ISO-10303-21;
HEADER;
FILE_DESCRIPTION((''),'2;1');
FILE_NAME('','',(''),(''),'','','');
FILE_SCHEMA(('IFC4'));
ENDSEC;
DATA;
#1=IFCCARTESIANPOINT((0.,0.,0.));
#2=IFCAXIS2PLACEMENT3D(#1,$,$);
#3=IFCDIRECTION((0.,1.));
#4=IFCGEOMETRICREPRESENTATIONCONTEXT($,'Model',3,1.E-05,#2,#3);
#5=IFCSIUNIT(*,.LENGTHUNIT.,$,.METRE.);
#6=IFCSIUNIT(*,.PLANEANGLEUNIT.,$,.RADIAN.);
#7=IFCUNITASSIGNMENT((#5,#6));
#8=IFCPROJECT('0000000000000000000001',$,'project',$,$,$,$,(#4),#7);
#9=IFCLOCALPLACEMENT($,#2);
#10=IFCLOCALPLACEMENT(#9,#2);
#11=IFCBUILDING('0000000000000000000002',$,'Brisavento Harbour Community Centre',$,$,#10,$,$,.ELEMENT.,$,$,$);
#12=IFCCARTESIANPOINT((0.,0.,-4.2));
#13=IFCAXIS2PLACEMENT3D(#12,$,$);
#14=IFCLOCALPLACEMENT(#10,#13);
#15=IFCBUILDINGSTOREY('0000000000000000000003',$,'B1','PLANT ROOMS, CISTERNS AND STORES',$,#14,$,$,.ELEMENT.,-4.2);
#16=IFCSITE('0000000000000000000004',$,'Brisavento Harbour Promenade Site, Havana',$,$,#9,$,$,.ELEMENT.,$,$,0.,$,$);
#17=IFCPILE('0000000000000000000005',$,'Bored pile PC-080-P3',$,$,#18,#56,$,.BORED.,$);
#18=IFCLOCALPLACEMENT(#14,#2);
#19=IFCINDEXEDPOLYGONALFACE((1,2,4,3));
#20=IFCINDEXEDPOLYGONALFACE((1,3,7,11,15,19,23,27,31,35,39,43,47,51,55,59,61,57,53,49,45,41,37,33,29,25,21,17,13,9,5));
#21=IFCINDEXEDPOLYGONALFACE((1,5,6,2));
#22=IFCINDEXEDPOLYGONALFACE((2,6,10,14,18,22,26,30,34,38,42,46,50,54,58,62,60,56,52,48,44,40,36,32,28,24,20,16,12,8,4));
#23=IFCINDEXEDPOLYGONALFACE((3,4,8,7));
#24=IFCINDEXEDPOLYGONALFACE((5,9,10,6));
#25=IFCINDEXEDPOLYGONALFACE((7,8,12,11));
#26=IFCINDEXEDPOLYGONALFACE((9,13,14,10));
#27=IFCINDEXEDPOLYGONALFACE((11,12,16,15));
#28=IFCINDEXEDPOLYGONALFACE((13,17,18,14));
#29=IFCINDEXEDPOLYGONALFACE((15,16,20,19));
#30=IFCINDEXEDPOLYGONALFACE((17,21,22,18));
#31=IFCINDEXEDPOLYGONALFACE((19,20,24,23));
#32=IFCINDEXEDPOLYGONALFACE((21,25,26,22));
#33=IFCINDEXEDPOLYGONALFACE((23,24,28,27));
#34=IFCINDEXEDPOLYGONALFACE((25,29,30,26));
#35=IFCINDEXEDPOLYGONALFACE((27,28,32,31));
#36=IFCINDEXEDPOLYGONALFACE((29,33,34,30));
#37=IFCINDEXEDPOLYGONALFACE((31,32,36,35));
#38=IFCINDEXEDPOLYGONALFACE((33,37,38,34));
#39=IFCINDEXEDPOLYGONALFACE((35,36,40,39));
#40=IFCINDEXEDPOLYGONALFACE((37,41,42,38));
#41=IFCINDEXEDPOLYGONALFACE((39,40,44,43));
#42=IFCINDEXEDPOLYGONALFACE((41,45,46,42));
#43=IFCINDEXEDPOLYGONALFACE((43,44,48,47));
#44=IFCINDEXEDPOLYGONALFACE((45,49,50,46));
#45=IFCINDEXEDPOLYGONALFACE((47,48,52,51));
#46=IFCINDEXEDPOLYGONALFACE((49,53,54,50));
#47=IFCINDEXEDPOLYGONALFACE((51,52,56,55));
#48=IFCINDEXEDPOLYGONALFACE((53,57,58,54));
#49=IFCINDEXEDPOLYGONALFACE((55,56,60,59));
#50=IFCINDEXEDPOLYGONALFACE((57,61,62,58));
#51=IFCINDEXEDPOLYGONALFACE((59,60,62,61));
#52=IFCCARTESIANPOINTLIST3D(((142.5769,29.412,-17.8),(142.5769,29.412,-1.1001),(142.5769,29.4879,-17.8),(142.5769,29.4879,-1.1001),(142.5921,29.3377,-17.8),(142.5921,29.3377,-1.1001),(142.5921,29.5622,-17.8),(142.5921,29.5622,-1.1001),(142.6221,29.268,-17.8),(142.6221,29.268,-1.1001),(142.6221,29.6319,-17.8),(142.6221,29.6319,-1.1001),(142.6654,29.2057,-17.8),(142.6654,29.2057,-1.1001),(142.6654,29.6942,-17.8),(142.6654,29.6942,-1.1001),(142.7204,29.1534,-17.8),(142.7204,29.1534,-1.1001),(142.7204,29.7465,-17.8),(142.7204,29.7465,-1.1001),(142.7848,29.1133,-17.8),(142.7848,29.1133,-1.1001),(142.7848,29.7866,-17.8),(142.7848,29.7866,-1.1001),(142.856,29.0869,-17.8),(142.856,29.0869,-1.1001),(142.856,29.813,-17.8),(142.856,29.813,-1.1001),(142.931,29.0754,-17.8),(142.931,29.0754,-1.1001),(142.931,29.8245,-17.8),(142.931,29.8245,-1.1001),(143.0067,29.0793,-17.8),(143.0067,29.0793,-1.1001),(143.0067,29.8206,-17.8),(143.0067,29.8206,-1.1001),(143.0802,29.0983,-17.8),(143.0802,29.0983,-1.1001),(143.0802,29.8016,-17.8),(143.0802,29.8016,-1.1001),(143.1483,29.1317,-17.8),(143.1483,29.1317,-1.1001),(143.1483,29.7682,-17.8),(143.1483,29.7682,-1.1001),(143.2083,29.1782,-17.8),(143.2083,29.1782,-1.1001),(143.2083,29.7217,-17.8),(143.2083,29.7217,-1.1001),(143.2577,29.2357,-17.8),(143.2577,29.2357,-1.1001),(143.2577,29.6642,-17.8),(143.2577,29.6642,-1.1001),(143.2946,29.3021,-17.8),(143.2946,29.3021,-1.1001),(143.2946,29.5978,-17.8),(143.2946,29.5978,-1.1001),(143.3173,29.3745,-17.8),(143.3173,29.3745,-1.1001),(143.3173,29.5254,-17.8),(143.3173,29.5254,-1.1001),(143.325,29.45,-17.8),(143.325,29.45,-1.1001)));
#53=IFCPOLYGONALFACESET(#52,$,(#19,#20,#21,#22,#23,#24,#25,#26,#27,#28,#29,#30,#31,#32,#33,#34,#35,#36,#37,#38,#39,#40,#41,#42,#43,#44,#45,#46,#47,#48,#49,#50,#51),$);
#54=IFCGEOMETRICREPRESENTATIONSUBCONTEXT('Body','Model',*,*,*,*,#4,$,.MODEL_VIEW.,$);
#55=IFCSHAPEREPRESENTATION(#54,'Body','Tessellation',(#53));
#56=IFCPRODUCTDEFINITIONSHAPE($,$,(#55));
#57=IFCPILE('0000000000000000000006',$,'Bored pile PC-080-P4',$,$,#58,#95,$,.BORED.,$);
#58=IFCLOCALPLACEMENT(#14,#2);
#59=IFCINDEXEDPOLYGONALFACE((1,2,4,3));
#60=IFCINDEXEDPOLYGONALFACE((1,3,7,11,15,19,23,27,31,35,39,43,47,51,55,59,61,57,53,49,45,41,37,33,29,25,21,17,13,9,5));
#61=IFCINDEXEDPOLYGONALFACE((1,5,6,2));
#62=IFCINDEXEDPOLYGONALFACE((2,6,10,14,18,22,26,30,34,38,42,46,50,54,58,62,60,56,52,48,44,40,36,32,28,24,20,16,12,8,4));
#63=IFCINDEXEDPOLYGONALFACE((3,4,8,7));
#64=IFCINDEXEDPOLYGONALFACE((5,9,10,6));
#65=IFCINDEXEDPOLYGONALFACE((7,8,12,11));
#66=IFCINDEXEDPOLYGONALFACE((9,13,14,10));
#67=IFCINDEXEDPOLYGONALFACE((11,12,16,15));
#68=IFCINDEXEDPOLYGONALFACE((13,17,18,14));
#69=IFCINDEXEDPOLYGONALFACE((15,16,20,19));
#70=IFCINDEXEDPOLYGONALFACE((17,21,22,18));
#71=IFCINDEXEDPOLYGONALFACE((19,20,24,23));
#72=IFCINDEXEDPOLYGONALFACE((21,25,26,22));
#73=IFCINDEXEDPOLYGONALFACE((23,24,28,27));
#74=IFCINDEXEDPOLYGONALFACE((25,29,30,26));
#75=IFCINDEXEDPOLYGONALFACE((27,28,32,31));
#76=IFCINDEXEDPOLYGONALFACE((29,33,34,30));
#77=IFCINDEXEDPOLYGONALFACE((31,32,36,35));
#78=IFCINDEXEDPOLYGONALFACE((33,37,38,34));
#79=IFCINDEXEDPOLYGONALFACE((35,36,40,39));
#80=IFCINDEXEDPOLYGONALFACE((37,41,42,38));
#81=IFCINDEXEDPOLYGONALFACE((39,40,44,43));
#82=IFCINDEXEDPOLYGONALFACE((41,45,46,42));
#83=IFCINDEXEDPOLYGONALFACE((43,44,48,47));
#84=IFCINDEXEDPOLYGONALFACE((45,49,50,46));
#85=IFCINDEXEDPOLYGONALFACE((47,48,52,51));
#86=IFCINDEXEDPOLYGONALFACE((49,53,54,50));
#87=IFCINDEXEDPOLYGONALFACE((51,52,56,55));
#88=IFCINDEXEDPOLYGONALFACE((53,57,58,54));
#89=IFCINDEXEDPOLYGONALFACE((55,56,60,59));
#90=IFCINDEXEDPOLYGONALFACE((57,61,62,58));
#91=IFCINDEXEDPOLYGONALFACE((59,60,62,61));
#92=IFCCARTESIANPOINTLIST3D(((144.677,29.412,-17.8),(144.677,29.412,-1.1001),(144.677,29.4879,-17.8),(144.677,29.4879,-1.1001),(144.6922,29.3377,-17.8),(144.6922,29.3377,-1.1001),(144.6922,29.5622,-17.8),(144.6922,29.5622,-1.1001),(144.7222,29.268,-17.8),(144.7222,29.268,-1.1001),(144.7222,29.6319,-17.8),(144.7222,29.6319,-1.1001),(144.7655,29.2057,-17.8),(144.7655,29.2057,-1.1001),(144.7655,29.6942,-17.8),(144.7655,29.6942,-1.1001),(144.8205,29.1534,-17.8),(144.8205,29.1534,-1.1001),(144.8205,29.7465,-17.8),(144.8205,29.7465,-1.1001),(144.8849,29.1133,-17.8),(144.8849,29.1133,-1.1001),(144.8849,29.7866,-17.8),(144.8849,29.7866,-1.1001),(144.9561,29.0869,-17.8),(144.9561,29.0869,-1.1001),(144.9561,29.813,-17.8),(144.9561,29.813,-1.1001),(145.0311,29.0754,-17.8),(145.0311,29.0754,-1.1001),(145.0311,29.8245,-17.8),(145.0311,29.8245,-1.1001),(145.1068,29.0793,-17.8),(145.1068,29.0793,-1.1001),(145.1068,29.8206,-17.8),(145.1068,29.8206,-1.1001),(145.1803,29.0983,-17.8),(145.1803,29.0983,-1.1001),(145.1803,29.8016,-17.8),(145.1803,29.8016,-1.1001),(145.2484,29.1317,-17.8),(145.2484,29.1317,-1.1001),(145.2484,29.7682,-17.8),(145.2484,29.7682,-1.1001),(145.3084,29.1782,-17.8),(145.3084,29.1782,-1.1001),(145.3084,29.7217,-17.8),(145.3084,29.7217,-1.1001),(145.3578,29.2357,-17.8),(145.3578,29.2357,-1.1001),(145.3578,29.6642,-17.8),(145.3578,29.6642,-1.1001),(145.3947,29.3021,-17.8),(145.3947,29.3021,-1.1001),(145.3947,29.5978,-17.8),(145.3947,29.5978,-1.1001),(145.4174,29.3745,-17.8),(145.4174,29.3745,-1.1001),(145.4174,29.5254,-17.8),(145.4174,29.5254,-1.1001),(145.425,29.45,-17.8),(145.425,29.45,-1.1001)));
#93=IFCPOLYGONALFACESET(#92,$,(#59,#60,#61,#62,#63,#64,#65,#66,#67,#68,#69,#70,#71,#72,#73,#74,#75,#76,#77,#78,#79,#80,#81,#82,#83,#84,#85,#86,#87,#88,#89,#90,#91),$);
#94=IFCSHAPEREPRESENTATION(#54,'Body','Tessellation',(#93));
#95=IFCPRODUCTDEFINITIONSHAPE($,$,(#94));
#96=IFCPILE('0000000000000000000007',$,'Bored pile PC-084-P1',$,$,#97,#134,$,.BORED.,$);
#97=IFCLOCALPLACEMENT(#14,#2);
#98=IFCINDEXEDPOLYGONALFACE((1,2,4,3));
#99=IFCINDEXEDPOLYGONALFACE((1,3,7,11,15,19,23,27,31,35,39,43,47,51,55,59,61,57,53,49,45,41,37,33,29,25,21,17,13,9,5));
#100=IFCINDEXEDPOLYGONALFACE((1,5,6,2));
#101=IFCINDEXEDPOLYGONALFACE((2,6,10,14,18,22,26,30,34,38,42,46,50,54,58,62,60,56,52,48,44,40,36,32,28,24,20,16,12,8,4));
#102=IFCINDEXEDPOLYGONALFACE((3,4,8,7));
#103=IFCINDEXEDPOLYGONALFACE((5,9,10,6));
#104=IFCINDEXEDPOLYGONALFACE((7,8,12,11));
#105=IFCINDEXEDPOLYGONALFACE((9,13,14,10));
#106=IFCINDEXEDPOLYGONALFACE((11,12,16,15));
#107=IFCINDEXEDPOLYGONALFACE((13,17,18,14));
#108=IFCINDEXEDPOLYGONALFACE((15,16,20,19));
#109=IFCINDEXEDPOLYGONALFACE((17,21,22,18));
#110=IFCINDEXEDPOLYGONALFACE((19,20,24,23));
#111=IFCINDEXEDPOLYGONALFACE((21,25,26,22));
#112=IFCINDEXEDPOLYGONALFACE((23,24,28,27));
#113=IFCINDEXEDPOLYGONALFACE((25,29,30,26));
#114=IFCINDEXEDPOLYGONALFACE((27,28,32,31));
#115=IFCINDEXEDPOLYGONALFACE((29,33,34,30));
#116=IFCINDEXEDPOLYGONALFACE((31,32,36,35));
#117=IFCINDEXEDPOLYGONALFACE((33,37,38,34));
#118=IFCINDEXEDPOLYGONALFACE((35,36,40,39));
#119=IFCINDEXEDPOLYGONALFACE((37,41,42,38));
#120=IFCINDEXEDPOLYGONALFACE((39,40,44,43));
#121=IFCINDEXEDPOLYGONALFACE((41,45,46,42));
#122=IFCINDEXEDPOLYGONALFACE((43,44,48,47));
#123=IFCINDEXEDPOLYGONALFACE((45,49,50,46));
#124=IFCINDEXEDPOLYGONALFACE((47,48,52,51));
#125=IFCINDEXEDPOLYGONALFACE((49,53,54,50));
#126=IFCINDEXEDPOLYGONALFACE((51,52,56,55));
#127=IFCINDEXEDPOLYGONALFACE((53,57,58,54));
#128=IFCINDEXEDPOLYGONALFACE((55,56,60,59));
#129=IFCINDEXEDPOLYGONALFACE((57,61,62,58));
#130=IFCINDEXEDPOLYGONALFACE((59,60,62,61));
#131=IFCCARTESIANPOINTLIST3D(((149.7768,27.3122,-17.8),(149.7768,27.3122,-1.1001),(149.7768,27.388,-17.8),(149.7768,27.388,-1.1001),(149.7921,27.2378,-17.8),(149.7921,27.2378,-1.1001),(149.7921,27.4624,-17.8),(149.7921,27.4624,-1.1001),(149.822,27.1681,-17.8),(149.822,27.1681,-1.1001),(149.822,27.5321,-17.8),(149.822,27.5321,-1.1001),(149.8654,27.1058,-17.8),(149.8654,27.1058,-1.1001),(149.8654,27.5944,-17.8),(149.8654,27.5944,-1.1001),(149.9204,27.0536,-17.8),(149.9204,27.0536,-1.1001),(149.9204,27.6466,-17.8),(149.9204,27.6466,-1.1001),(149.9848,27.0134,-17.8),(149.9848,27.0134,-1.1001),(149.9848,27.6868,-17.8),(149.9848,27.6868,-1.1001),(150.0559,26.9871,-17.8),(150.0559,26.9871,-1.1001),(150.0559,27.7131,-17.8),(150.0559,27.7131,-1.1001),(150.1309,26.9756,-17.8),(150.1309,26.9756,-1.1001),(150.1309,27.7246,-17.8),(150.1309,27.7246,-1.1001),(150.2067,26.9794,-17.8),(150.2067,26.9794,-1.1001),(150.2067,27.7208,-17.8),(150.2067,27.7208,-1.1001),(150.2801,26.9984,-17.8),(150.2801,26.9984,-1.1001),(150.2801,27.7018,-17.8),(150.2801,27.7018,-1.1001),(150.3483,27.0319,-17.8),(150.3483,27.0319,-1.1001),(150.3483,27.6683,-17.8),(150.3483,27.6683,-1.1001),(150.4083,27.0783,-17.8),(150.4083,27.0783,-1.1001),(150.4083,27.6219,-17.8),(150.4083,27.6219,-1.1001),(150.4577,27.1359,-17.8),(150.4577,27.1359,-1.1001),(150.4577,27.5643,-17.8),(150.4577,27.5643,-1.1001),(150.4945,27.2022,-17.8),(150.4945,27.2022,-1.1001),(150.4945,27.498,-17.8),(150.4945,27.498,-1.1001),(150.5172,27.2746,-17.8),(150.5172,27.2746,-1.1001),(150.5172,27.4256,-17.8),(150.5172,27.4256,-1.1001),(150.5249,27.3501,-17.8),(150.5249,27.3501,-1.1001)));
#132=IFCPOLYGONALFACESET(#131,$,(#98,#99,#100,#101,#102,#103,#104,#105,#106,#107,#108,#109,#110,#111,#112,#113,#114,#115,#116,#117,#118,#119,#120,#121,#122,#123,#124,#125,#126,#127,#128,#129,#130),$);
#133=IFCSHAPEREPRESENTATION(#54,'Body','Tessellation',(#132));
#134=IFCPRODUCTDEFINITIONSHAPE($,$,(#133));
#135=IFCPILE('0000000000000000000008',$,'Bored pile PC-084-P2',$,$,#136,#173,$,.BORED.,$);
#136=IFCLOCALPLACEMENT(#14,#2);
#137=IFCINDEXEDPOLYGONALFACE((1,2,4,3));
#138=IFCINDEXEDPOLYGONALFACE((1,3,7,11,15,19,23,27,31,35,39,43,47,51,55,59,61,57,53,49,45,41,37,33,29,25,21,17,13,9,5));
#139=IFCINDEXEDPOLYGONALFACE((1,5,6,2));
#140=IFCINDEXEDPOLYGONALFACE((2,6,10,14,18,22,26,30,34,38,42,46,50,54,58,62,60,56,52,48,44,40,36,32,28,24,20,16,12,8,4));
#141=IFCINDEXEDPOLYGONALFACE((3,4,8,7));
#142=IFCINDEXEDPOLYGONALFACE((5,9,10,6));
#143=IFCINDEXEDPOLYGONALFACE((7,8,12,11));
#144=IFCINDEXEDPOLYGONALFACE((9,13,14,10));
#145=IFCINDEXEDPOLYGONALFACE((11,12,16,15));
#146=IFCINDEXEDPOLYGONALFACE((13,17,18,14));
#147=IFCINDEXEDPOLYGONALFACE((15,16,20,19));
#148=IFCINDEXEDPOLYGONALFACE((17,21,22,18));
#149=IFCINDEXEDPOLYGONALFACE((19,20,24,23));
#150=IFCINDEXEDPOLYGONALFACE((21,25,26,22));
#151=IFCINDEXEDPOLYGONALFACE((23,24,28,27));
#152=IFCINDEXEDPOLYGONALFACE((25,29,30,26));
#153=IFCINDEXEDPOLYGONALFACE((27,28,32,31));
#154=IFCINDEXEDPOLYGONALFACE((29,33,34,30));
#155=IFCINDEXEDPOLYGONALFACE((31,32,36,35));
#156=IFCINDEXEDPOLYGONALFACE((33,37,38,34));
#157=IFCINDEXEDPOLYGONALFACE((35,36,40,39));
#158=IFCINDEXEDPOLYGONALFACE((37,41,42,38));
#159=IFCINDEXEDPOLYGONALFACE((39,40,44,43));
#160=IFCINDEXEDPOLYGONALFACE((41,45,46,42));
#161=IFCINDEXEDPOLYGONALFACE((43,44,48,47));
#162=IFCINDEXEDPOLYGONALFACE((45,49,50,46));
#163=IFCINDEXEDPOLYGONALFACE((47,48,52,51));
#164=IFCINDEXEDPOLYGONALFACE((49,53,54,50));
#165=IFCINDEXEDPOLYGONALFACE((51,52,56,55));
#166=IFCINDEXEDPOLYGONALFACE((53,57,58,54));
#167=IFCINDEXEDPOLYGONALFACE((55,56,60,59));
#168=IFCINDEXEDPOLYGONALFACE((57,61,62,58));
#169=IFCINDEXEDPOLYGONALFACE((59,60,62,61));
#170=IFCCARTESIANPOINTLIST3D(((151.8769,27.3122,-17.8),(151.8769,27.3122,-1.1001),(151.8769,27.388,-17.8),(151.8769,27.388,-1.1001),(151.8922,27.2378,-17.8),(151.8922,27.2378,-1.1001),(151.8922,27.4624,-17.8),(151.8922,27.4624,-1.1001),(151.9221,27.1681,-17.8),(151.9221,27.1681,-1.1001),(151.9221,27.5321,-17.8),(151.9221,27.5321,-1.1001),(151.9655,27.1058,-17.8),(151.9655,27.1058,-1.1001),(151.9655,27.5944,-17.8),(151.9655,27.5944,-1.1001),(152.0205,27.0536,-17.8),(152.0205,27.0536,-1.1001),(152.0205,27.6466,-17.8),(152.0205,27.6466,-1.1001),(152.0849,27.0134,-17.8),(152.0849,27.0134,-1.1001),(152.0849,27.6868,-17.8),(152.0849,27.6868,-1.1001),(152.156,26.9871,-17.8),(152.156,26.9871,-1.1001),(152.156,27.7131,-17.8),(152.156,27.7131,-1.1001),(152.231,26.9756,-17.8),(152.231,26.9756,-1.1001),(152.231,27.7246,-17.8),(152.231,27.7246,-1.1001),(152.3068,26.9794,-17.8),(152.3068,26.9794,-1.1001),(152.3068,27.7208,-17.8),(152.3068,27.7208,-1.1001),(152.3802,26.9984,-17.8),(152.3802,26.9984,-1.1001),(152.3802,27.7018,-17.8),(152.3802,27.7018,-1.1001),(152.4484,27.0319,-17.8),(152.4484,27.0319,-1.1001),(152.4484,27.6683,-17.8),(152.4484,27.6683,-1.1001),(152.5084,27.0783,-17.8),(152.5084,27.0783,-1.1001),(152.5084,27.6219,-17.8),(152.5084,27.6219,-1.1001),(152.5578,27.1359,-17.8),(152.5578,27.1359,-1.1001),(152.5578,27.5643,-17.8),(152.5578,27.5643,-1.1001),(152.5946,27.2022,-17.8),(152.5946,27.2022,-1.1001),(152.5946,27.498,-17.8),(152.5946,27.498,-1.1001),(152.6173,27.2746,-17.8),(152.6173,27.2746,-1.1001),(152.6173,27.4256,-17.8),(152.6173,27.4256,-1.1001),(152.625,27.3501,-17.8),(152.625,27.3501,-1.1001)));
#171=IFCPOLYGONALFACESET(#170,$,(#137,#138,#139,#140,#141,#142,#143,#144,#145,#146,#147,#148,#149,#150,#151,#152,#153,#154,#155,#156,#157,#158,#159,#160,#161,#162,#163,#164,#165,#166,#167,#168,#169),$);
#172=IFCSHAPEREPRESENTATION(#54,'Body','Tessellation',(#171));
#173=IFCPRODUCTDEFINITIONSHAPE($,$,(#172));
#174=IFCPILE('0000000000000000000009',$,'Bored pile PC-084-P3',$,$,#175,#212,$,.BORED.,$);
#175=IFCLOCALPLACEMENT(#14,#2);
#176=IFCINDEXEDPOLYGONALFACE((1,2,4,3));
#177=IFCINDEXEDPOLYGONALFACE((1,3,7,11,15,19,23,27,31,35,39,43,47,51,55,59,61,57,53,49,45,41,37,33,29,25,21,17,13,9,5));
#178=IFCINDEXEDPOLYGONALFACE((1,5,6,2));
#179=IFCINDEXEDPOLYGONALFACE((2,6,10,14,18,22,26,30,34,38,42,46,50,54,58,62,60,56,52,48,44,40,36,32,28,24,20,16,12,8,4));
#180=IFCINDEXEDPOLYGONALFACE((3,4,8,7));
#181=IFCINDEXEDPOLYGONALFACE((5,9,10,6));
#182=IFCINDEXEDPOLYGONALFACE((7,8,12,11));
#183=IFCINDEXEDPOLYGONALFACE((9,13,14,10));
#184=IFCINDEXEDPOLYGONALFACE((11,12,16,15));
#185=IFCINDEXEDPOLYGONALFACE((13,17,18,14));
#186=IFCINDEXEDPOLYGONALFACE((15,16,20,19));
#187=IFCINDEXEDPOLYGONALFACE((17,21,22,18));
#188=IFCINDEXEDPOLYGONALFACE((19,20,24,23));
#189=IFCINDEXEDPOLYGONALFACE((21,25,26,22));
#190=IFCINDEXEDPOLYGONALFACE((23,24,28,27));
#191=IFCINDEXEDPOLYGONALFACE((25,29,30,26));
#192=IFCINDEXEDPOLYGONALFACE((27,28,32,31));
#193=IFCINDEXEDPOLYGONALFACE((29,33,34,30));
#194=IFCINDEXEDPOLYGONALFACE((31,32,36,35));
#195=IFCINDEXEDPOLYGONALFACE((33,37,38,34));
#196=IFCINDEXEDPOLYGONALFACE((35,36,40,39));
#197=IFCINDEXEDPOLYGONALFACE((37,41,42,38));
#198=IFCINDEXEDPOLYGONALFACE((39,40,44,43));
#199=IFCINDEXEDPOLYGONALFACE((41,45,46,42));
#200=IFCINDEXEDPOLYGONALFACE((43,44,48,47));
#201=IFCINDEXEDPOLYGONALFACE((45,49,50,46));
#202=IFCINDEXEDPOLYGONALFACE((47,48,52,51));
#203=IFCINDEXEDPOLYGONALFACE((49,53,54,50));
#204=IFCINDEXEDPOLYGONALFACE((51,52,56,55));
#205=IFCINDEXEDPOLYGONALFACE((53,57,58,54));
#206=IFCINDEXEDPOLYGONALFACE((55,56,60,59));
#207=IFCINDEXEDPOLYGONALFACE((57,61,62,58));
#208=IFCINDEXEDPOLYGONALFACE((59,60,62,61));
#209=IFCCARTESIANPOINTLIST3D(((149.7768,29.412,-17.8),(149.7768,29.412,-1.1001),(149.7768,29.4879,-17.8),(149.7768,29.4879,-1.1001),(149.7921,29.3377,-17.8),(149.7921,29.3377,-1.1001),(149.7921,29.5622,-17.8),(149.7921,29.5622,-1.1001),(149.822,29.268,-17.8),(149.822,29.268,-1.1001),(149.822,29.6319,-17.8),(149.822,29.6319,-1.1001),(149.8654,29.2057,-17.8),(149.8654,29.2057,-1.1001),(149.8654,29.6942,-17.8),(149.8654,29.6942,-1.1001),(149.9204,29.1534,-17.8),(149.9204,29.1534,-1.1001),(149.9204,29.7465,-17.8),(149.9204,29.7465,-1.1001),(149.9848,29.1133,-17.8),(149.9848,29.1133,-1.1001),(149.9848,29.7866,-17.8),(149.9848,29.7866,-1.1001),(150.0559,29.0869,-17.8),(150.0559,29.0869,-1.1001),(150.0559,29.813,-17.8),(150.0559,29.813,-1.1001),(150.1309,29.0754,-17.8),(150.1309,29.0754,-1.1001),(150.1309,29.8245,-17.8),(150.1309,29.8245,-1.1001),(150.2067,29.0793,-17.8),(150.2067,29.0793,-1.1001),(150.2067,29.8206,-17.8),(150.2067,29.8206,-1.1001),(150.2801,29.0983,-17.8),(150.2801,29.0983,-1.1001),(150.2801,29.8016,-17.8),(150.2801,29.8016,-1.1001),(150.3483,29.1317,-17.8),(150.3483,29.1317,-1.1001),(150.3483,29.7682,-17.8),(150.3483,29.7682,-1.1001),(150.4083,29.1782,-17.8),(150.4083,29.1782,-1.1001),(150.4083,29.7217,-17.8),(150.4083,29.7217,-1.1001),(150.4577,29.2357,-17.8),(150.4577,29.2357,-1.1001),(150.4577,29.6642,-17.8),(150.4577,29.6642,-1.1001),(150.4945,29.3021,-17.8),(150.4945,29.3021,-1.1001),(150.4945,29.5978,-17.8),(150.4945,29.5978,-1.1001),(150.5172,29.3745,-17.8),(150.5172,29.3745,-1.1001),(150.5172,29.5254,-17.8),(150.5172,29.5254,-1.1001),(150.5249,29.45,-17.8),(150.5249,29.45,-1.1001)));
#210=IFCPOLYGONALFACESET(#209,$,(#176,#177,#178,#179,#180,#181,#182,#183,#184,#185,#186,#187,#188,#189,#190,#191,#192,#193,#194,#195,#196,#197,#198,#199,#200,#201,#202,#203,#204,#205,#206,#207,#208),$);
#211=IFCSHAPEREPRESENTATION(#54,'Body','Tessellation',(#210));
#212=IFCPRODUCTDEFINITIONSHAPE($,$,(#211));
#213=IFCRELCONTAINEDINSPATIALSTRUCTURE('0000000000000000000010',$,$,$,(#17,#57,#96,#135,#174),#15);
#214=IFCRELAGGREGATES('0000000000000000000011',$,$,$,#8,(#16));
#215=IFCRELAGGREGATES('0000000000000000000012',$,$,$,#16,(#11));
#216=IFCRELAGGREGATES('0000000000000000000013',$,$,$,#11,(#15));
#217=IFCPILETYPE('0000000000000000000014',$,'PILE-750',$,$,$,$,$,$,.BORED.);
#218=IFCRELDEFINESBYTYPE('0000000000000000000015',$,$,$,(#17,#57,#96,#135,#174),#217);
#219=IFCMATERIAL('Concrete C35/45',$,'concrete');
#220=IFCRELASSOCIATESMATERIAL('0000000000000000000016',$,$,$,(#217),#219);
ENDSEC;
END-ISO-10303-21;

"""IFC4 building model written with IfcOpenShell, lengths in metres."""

from ifc_helpers import new_model, si_unit, direction, frame, origin, origin_2d, place, context, subcontext, project, spatial, circle, extrude, material, material_profile, profile_set, type_object, element, save


model = new_model("IFC4")

# Units and contexts
model_context = context("Model", 3, precision=1e-05, world=origin(), true_north=direction((0.0, 1.0)))
body_context = subcontext(model_context, "Body", "Model", "MODEL_VIEW")
ifc_project = project(units=[si_unit("LENGTHUNIT", "METRE"), si_unit("PLANEANGLEUNIT", "RADIAN")], contexts=[model_context])

# Site, building, storey
site_placement = place(None, origin())
site = spatial("IfcSite", under=ifc_project, at=site_placement, Name="Brisavento Harbour Promenade Site, Havana", CompositionType="ELEMENT", RefElevation=0.0)
building_placement = place(site_placement, origin())
building = spatial("IfcBuilding", under=site, at=building_placement, Name="Brisavento Harbour Community Centre", CompositionType="ELEMENT")
storey_placement = place(building_placement, frame((0.0, 0.0, -4.2)))
storey = spatial("IfcBuildingStorey", under=building, at=storey_placement, Name="B1", Description="PLANT ROOMS, CISTERNS AND STORES", CompositionType="ELEMENT", Elevation=-4.2)

# Shared definitions
ifc_material_1 = material(Name="Concrete C35/45", Category="concrete")

# Piles
ifc_material_profile_1 = material_profile(ifc_material_1, circle(Radius=0.375, at=origin_2d()), Name="Concrete C35/45")
ifc_profile_set_1 = profile_set([ifc_material_profile_1], Name="Concrete C35/45")
pile_type = type_object("IfcPileType", Name="PILE-750", PredefinedType="BORED", material=ifc_profile_set_1)
for number, where, z_axis, x_axis, name in (
    (1, (142.95, 29.45, -1.1001), (0.0, 0.0, -1.0), (1.0, 0.0, 0.0), "Bored pile PC-080-P3"),
    (2, (145.05, 29.45, -1.1001), (0.0, 0.0, -1.0), (1.0, 0.0, 0.0), "Bored pile PC-080-P4"),
    (3, (150.1499, 27.3501, -1.1001), (0.0, 0.0, -1.0), (1.0, 0.0, 0.0), "Bored pile PC-084-P1"),
    (4, (152.25, 27.3501, -1.1001), (0.0, 0.0, -1.0), (1.0, 0.0, 0.0), "Bored pile PC-084-P2"),
    (5, (150.1499, 29.45, -1.1001), (0.0, 0.0, -1.0), (1.0, 0.0, 0.0), "Bored pile PC-084-P3"),
):
    element("IfcPile", number, at=place(storey_placement, frame(where, z_axis=z_axis, x_axis=x_axis)), inside=storey, type_object=pile_type, Name=name, PredefinedType="BORED", context=body_context, shape_type="SweptSolid", body=[
        extrude(circle(Radius=0.375, at=origin_2d()), origin(), (0.0, 0.0, 1.0), 16.7),
    ])

save(model, "model.ifc")
